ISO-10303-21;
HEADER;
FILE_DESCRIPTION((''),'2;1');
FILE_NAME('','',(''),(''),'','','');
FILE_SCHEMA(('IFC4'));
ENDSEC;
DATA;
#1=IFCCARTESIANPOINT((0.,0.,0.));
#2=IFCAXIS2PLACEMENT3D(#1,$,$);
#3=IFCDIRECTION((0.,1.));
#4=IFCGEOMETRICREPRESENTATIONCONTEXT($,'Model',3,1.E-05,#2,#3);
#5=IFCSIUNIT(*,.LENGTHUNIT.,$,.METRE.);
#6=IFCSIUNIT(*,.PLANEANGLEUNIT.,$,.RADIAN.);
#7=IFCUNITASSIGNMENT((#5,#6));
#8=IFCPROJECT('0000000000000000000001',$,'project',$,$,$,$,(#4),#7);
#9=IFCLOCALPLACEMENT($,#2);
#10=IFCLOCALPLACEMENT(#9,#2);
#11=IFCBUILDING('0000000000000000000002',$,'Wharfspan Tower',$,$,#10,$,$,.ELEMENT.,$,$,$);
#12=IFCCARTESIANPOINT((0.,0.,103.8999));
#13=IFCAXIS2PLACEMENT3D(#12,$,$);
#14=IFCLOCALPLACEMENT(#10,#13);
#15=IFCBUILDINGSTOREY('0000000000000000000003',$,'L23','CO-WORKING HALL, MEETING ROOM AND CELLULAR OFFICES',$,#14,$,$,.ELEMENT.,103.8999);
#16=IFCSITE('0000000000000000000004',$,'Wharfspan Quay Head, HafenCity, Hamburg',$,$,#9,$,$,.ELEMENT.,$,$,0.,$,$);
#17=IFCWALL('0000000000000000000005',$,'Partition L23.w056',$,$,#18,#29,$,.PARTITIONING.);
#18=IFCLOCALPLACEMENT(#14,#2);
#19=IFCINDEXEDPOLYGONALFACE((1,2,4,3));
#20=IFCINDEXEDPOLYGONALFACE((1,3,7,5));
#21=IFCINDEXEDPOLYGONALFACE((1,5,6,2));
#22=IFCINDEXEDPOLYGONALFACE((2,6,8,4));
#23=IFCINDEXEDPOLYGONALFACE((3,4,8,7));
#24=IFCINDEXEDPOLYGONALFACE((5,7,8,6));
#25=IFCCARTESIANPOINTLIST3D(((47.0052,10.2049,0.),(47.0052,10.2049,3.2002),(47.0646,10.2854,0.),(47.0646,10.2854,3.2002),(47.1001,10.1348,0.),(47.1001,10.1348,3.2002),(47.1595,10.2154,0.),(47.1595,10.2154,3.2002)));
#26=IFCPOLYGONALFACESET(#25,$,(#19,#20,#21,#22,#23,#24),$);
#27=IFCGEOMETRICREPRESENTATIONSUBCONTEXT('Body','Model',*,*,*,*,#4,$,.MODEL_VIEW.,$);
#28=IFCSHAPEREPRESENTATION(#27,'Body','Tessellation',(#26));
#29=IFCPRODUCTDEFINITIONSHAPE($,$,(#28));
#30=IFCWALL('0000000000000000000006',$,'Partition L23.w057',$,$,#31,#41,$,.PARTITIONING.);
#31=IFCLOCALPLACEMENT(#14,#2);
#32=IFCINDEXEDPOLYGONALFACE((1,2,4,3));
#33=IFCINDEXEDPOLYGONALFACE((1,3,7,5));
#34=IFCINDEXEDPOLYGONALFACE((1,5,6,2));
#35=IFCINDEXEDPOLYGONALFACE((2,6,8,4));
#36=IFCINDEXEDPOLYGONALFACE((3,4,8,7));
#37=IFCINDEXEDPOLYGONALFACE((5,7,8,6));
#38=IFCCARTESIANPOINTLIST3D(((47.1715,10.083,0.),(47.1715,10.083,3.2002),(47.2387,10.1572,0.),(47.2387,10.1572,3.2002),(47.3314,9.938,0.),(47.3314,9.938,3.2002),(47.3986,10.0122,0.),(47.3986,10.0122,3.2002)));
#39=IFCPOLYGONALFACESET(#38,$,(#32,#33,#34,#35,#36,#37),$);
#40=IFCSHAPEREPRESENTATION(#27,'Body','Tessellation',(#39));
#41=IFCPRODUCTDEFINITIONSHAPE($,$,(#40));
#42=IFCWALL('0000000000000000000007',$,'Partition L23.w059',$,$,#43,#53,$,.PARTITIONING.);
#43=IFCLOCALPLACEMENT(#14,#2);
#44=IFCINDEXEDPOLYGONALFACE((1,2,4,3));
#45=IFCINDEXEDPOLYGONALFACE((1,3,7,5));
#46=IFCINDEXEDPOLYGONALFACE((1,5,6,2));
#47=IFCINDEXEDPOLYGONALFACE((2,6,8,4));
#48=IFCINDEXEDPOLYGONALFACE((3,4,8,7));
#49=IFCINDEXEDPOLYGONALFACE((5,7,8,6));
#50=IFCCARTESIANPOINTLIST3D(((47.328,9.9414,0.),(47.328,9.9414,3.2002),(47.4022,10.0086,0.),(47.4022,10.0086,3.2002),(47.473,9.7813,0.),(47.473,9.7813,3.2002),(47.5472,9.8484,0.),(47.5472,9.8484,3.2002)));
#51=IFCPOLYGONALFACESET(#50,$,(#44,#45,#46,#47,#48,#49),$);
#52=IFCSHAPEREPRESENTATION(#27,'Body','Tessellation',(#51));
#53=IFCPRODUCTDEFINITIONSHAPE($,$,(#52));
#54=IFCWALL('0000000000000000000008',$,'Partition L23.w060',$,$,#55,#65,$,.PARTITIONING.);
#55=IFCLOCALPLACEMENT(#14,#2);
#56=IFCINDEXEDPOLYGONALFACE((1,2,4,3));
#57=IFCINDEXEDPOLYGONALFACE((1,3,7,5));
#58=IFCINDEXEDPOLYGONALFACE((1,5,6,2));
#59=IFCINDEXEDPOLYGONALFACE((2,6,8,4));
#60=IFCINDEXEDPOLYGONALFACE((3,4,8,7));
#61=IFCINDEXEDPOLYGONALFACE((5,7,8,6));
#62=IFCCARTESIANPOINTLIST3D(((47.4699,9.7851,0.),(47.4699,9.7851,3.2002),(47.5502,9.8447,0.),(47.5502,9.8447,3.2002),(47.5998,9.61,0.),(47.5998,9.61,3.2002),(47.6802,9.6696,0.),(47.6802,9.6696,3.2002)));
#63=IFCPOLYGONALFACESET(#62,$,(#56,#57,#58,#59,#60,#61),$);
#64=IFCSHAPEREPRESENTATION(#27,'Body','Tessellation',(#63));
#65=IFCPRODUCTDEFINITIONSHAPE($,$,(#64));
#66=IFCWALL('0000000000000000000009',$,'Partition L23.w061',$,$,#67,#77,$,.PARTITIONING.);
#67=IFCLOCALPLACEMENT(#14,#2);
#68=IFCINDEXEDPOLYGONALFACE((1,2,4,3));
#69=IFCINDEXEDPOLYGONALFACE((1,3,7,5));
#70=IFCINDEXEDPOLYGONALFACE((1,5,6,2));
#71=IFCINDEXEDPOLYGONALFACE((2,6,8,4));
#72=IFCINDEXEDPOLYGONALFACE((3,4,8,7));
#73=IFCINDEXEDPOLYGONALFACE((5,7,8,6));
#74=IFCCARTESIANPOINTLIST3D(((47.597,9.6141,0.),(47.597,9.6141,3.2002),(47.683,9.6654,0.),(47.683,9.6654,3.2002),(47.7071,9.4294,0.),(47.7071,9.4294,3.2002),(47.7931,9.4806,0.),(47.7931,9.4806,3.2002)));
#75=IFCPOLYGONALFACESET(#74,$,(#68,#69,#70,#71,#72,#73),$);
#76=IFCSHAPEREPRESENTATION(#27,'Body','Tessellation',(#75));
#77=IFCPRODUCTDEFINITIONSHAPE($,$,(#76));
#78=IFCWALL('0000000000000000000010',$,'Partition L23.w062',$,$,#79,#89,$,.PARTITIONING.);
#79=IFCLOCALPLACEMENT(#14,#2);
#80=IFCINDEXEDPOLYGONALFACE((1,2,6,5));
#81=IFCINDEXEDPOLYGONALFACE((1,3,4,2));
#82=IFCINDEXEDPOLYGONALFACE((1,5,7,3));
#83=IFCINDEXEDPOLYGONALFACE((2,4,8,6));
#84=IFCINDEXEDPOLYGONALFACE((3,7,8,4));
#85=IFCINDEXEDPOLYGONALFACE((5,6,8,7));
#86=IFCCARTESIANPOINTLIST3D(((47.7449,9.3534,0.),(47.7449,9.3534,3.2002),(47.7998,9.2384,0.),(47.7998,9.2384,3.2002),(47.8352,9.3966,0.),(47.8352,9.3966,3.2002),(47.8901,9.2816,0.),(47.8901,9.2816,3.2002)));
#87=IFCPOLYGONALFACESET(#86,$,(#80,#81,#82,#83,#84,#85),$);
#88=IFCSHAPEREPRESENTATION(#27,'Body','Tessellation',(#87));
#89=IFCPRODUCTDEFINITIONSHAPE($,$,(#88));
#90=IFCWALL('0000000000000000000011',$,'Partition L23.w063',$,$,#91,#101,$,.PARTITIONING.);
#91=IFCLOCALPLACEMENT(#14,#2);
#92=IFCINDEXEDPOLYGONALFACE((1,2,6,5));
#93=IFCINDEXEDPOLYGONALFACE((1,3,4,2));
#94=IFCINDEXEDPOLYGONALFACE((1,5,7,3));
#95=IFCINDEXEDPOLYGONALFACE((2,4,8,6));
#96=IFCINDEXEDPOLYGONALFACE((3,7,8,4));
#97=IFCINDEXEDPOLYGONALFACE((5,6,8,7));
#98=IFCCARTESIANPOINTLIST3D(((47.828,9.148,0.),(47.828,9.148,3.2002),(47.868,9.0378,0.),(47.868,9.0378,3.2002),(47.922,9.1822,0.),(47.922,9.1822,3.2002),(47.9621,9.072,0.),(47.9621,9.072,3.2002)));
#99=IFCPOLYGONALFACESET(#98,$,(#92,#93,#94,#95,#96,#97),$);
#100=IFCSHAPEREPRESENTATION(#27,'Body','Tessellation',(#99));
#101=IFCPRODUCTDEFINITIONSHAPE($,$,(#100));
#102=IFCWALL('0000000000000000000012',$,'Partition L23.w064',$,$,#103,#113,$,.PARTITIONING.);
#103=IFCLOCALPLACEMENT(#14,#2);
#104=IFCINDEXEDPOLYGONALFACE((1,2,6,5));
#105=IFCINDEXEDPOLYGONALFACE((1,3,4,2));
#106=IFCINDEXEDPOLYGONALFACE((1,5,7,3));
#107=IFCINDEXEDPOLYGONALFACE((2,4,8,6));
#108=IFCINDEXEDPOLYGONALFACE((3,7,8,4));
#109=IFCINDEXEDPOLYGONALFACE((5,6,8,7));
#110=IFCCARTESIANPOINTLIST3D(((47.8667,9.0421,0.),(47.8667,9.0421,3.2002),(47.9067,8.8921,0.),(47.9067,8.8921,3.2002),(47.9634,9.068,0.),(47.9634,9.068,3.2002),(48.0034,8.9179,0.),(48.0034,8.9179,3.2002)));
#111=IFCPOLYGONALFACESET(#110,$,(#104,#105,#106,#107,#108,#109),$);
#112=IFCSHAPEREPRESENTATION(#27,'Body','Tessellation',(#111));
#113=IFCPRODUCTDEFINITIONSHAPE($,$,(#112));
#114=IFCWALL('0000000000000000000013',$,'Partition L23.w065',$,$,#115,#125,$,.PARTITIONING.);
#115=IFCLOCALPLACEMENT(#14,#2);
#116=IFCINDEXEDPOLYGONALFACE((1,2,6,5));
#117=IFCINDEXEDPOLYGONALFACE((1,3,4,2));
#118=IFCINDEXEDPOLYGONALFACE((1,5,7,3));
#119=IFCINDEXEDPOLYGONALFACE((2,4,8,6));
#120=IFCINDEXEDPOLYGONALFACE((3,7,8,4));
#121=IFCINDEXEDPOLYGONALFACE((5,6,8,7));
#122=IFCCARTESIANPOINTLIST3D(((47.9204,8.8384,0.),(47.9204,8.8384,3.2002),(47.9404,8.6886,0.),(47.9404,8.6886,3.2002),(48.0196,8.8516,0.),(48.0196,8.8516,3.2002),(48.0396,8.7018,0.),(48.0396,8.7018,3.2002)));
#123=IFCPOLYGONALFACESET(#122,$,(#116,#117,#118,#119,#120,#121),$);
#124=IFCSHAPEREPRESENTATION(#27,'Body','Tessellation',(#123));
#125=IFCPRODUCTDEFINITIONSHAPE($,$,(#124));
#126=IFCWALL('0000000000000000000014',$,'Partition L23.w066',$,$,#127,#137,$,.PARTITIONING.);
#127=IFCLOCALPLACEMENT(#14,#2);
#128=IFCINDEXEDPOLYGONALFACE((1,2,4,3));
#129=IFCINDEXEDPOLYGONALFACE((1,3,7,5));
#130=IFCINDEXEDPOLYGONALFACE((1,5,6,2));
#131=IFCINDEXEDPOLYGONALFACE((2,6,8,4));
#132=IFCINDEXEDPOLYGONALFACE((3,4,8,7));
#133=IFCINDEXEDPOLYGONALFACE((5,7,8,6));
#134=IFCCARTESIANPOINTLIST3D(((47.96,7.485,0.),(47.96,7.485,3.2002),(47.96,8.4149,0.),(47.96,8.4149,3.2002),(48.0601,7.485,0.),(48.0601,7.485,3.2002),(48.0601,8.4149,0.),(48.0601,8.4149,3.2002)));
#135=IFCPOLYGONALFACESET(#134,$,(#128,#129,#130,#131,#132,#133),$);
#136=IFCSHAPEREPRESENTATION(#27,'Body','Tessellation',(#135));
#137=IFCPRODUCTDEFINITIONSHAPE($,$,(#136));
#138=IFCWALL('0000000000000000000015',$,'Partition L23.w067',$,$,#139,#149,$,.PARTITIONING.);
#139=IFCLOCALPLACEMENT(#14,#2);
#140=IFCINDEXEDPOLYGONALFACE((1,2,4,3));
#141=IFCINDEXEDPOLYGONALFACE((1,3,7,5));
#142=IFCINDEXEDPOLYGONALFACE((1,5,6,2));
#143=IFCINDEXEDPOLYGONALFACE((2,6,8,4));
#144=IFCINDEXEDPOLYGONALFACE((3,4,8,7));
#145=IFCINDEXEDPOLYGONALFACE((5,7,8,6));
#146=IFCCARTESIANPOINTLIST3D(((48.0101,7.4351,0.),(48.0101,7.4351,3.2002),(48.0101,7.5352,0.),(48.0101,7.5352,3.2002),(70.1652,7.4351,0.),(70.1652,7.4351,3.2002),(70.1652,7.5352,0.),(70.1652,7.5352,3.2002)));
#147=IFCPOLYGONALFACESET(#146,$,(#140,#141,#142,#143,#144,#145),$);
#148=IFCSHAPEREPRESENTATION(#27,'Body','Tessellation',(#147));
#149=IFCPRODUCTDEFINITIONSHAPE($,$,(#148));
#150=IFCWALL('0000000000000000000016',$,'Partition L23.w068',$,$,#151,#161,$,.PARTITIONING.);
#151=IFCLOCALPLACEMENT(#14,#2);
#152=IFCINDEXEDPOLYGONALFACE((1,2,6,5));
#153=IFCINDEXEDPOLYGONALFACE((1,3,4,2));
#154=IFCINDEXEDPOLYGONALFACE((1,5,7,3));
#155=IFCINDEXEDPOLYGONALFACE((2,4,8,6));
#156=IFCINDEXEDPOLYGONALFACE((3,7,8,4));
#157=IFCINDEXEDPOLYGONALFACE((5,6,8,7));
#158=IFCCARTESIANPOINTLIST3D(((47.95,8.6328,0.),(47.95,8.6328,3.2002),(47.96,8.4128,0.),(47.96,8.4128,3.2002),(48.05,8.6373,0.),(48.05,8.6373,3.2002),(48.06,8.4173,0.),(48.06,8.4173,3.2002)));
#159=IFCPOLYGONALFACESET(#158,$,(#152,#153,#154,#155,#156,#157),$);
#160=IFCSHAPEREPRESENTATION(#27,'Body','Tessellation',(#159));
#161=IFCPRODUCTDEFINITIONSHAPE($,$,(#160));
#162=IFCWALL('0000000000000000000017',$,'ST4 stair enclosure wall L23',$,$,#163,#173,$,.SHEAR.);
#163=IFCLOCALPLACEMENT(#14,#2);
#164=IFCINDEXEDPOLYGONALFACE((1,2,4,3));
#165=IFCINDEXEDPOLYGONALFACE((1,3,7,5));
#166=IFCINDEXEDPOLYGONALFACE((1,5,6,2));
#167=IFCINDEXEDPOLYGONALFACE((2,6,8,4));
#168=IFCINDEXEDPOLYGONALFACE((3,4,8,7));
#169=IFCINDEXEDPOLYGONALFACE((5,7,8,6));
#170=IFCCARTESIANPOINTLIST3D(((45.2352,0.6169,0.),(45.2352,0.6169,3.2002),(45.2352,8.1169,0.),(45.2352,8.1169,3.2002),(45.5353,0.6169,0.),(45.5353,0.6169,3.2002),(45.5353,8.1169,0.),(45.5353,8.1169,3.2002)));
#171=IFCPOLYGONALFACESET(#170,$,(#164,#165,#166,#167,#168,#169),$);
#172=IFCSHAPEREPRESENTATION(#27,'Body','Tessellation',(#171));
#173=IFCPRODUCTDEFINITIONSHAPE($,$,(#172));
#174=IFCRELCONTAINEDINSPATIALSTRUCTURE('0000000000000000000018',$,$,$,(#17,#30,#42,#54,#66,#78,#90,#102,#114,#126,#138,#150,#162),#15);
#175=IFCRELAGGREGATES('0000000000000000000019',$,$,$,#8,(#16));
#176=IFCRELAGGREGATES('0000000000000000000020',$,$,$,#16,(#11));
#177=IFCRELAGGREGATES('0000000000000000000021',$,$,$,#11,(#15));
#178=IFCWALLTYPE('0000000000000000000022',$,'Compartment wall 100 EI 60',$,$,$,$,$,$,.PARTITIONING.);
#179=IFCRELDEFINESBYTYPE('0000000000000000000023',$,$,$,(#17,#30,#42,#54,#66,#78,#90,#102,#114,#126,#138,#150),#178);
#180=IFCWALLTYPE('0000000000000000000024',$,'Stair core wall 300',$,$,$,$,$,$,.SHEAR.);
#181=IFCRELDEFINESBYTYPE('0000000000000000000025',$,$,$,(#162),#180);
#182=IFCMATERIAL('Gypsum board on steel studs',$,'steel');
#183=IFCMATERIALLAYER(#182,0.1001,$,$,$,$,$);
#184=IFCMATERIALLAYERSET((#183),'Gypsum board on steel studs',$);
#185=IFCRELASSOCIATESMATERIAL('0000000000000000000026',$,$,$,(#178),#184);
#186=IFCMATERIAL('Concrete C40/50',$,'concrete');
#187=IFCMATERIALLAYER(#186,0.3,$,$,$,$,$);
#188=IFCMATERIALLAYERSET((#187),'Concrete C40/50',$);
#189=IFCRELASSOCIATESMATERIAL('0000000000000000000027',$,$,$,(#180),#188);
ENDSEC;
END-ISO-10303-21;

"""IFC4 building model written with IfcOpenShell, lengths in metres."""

from ifc_helpers import new_model, si_unit, direction, frame, frame_2d, origin, place, context, subcontext, project, spatial, rectangle, extrude, material, layer, layer_set, type_object, element, save


model = new_model("IFC4")

# Units and contexts
model_context = context("Model", 3, precision=1e-05, world=origin(), true_north=direction((0.0, 1.0)))
body_context = subcontext(model_context, "Body", "Model", "MODEL_VIEW")
ifc_project = project(units=[si_unit("LENGTHUNIT", "METRE"), si_unit("PLANEANGLEUNIT", "RADIAN")], contexts=[model_context])

# Site, building, storey
site_placement = place(None, origin())
site = spatial("IfcSite", under=ifc_project, at=site_placement, Name="Wharfspan Quay Head, HafenCity, Hamburg", CompositionType="ELEMENT", RefElevation=0.0)
building_placement = place(site_placement, origin())
building = spatial("IfcBuilding", under=site, at=building_placement, Name="Wharfspan Tower", CompositionType="ELEMENT")
storey_placement = place(building_placement, frame((0.0, 0.0, 103.8999)))
storey = spatial("IfcBuildingStorey", under=building, at=storey_placement, Name="L23", Description="CO-WORKING HALL, MEETING ROOM AND CELLULAR OFFICES", CompositionType="ELEMENT", Elevation=103.8999)

# Shared definitions
ifc_material_1 = material(Name="Gypsum board on steel studs", Category="steel")
ifc_layer_1 = layer(ifc_material_1, 0.1001)
ifc_layer_set_1 = layer_set([ifc_layer_1], Name="Gypsum board on steel studs")
wall_type_1 = type_object("IfcWallType", Name="Compartment wall 100 EI 60", PredefinedType="PARTITIONING", material=ifc_layer_set_1)

# Walls
wall_1_placement = place(storey_placement, frame((47.1299, 10.175, 0.0), z_axis=(0.0, 0.0, 1.0), x_axis=(-0.804696, 0.593696, 0.0)))
element("IfcWall", 1, at=wall_1_placement, inside=storey, type_object=wall_type_1, Name="Partition L23.w056", PredefinedType="PARTITIONING", context=body_context, shape_type="SweptSolid", body=[
    extrude(rectangle(XDim=0.1179, YDim=0.1001, at=frame_2d((0.0591, 0.0))), origin(), (0.0, 0.0, 1.0), 3.2002),
])
wall_2_placement = place(storey_placement, frame((47.365, 9.9751, 0.0), z_axis=(0.0, 0.0, 1.0), x_axis=(-0.740762, 0.671775, 0.0)))
element("IfcWall", 2, at=wall_2_placement, inside=storey, type_object=wall_type_1, Name="Partition L23.w057", PredefinedType="PARTITIONING", context=body_context, shape_type="SweptSolid", body=[
    extrude(rectangle(XDim=0.2158, YDim=0.1001, at=frame_2d((0.1079, 0.0))), origin(), (0.0, 0.0, 1.0), 3.2002),
])
wall_3_placement = place(storey_placement, frame((47.51, 9.8149, 0.0), z_axis=(0.0, 0.0, 1.0), x_axis=(-0.67121, 0.741269, 0.0)))
element("IfcWall", 3, at=wall_3_placement, inside=storey, type_object=wall_type_1, Name="Partition L23.w059", PredefinedType="PARTITIONING", context=body_context, shape_type="SweptSolid", body=[
    extrude(rectangle(XDim=0.2161, YDim=0.1001, at=frame_2d((0.1079, 0.0))), origin(), (0.0, 0.0, 1.0), 3.2002),
])
wall_4_placement = place(storey_placement, frame((47.6399, 9.6399, 0.0), z_axis=(0.0, 0.0, 1.0), x_axis=(-0.595869, 0.803079, 0.0)))
element("IfcWall", 4, at=wall_4_placement, inside=storey, type_object=wall_type_1, Name="Partition L23.w060", PredefinedType="PARTITIONING", context=body_context, shape_type="SweptSolid", body=[
    extrude(rectangle(XDim=0.218, YDim=0.1001, at=frame_2d((0.1089, 0.0))), origin(), (0.0, 0.0, 1.0), 3.2002),
])
wall_5_placement = place(storey_placement, frame((47.75, 9.4551, 0.0), z_axis=(0.0, 0.0, 1.0), x_axis=(-0.511823, 0.859091, 0.0)))
element("IfcWall", 5, at=wall_5_placement, inside=storey, type_object=wall_type_1, Name="Partition L23.w061", PredefinedType="PARTITIONING", context=body_context, shape_type="SweptSolid", body=[
    extrude(rectangle(XDim=0.2151, YDim=0.1001, at=frame_2d((0.1074, 0.0))), origin(), (0.0, 0.0, 1.0), 3.2002),
])
wall_6_placement = place(storey_placement, frame((47.845, 9.26, 0.0), z_axis=(0.0, 0.0, 1.0), x_axis=(-0.431047, 0.902325, 0.0)))
element("IfcWall", 6, at=wall_6_placement, inside=storey, type_object=wall_type_1, Name="Partition L23.w062", PredefinedType="PARTITIONING", context=body_context, shape_type="SweptSolid", body=[
    extrude(rectangle(XDim=0.1274, YDim=0.1001, at=frame_2d((0.0637, 0.0))), origin(), (0.0, 0.0, 1.0), 3.2002),
])
wall_7_placement = place(storey_placement, frame((47.915, 9.0549, 0.0), z_axis=(0.0, 0.0, 1.0), x_axis=(-0.341744, 0.939796, 0.0)))
element("IfcWall", 7, at=wall_7_placement, inside=storey, type_object=wall_type_1, Name="Partition L23.w063", PredefinedType="PARTITIONING", context=body_context, shape_type="SweptSolid", body=[
    extrude(rectangle(XDim=0.1172, YDim=0.1001, at=frame_2d((0.0586, 0.0))), origin(), (0.0, 0.0, 1.0), 3.2002),
])
wall_8_placement = place(storey_placement, frame((47.9551, 8.905, 0.0), z_axis=(0.0, 0.0, 1.0), x_axis=(-0.258054, 0.966129, 0.0)))
element("IfcWall", 8, at=wall_8_placement, inside=storey, type_object=wall_type_1, Name="Partition L23.w064", PredefinedType="PARTITIONING", context=body_context, shape_type="SweptSolid", body=[
    extrude(rectangle(XDim=0.1553, YDim=0.1001, at=frame_2d((0.0776, 0.0))), origin(), (0.0, 0.0, 1.0), 3.2002),
])
wall_9_placement = place(storey_placement, frame((47.99, 8.6951, 0.0), z_axis=(0.0, 0.0, 1.0), x_axis=(-0.132375, 0.991198, 0.0)))
element("IfcWall", 9, at=wall_9_placement, inside=storey, type_object=wall_type_1, Name="Partition L23.w065", PredefinedType="PARTITIONING", context=body_context, shape_type="SweptSolid", body=[
    extrude(rectangle(XDim=0.1511, YDim=0.1001, at=frame_2d((0.0757, 0.0))), origin(), (0.0, 0.0, 1.0), 3.2002),
])
wall_10_placement = place(storey_placement, frame((48.01, 7.4851, 0.0), z_axis=(0.0, 0.0, 1.0), x_axis=(0.0, 1.0, 0.0)))
element("IfcWall", 10, at=wall_10_placement, inside=storey, type_object=wall_type_1, Name="Partition L23.w066", PredefinedType="PARTITIONING", context=body_context, shape_type="SweptSolid", body=[
    extrude(rectangle(XDim=0.9299, YDim=0.1001, at=frame_2d((0.4648, 0.0))), origin(), (0.0, 0.0, 1.0), 3.2002),
])
wall_11_placement = place(storey_placement, frame((48.01, 7.4851, 0.0), z_axis=(0.0, 0.0, 1.0), x_axis=(1.0, 0.0, 0.0)))
element("IfcWall", 11, at=wall_11_placement, inside=storey, type_object=wall_type_1, Name="Partition L23.w067", PredefinedType="PARTITIONING", context=body_context, shape_type="SweptSolid", body=[
    extrude(rectangle(XDim=22.155, YDim=0.1001, at=frame_2d((11.0776, 0.0))), origin(), (0.0, 0.0, 1.0), 3.2002),
])
wall_12_placement = place(storey_placement, frame((48.01, 8.415, 0.0), z_axis=(0.0, 0.0, 1.0), x_axis=(-0.045458, 0.998967, 0.0)))
element("IfcWall", 12, at=wall_12_placement, inside=storey, type_object=wall_type_1, Name="Partition L23.w068", PredefinedType="PARTITIONING", context=body_context, shape_type="SweptSolid", body=[
    extrude(rectangle(XDim=0.2202, YDim=0.1001, at=frame_2d((0.1101, 0.0))), origin(), (0.0, 0.0, 1.0), 3.2002),
])
ifc_material_2 = material(Name="Concrete C40/50", Category="concrete")
ifc_layer_2 = layer(ifc_material_2, 0.3)
ifc_layer_set_2 = layer_set([ifc_layer_2], Name="Concrete C40/50")
wall_type_2 = type_object("IfcWallType", Name="Stair core wall 300", PredefinedType="SHEAR", material=ifc_layer_set_2)
wall_13_placement = place(storey_placement, frame((45.3853, 0.6169, 0.0), z_axis=(0.0, 0.0, 1.0), x_axis=(0.0, 1.0, 0.0)))
element("IfcWall", 13, at=wall_13_placement, inside=storey, type_object=wall_type_2, Name="ST4 stair enclosure wall L23", PredefinedType="SHEAR", context=body_context, shape_type="SweptSolid", body=[
    extrude(rectangle(XDim=7.5, YDim=0.3, at=frame_2d((3.75, 0.0))), origin(), (0.0, 0.0, 1.0), 3.2002),
])

save(model, "model.ifc")
